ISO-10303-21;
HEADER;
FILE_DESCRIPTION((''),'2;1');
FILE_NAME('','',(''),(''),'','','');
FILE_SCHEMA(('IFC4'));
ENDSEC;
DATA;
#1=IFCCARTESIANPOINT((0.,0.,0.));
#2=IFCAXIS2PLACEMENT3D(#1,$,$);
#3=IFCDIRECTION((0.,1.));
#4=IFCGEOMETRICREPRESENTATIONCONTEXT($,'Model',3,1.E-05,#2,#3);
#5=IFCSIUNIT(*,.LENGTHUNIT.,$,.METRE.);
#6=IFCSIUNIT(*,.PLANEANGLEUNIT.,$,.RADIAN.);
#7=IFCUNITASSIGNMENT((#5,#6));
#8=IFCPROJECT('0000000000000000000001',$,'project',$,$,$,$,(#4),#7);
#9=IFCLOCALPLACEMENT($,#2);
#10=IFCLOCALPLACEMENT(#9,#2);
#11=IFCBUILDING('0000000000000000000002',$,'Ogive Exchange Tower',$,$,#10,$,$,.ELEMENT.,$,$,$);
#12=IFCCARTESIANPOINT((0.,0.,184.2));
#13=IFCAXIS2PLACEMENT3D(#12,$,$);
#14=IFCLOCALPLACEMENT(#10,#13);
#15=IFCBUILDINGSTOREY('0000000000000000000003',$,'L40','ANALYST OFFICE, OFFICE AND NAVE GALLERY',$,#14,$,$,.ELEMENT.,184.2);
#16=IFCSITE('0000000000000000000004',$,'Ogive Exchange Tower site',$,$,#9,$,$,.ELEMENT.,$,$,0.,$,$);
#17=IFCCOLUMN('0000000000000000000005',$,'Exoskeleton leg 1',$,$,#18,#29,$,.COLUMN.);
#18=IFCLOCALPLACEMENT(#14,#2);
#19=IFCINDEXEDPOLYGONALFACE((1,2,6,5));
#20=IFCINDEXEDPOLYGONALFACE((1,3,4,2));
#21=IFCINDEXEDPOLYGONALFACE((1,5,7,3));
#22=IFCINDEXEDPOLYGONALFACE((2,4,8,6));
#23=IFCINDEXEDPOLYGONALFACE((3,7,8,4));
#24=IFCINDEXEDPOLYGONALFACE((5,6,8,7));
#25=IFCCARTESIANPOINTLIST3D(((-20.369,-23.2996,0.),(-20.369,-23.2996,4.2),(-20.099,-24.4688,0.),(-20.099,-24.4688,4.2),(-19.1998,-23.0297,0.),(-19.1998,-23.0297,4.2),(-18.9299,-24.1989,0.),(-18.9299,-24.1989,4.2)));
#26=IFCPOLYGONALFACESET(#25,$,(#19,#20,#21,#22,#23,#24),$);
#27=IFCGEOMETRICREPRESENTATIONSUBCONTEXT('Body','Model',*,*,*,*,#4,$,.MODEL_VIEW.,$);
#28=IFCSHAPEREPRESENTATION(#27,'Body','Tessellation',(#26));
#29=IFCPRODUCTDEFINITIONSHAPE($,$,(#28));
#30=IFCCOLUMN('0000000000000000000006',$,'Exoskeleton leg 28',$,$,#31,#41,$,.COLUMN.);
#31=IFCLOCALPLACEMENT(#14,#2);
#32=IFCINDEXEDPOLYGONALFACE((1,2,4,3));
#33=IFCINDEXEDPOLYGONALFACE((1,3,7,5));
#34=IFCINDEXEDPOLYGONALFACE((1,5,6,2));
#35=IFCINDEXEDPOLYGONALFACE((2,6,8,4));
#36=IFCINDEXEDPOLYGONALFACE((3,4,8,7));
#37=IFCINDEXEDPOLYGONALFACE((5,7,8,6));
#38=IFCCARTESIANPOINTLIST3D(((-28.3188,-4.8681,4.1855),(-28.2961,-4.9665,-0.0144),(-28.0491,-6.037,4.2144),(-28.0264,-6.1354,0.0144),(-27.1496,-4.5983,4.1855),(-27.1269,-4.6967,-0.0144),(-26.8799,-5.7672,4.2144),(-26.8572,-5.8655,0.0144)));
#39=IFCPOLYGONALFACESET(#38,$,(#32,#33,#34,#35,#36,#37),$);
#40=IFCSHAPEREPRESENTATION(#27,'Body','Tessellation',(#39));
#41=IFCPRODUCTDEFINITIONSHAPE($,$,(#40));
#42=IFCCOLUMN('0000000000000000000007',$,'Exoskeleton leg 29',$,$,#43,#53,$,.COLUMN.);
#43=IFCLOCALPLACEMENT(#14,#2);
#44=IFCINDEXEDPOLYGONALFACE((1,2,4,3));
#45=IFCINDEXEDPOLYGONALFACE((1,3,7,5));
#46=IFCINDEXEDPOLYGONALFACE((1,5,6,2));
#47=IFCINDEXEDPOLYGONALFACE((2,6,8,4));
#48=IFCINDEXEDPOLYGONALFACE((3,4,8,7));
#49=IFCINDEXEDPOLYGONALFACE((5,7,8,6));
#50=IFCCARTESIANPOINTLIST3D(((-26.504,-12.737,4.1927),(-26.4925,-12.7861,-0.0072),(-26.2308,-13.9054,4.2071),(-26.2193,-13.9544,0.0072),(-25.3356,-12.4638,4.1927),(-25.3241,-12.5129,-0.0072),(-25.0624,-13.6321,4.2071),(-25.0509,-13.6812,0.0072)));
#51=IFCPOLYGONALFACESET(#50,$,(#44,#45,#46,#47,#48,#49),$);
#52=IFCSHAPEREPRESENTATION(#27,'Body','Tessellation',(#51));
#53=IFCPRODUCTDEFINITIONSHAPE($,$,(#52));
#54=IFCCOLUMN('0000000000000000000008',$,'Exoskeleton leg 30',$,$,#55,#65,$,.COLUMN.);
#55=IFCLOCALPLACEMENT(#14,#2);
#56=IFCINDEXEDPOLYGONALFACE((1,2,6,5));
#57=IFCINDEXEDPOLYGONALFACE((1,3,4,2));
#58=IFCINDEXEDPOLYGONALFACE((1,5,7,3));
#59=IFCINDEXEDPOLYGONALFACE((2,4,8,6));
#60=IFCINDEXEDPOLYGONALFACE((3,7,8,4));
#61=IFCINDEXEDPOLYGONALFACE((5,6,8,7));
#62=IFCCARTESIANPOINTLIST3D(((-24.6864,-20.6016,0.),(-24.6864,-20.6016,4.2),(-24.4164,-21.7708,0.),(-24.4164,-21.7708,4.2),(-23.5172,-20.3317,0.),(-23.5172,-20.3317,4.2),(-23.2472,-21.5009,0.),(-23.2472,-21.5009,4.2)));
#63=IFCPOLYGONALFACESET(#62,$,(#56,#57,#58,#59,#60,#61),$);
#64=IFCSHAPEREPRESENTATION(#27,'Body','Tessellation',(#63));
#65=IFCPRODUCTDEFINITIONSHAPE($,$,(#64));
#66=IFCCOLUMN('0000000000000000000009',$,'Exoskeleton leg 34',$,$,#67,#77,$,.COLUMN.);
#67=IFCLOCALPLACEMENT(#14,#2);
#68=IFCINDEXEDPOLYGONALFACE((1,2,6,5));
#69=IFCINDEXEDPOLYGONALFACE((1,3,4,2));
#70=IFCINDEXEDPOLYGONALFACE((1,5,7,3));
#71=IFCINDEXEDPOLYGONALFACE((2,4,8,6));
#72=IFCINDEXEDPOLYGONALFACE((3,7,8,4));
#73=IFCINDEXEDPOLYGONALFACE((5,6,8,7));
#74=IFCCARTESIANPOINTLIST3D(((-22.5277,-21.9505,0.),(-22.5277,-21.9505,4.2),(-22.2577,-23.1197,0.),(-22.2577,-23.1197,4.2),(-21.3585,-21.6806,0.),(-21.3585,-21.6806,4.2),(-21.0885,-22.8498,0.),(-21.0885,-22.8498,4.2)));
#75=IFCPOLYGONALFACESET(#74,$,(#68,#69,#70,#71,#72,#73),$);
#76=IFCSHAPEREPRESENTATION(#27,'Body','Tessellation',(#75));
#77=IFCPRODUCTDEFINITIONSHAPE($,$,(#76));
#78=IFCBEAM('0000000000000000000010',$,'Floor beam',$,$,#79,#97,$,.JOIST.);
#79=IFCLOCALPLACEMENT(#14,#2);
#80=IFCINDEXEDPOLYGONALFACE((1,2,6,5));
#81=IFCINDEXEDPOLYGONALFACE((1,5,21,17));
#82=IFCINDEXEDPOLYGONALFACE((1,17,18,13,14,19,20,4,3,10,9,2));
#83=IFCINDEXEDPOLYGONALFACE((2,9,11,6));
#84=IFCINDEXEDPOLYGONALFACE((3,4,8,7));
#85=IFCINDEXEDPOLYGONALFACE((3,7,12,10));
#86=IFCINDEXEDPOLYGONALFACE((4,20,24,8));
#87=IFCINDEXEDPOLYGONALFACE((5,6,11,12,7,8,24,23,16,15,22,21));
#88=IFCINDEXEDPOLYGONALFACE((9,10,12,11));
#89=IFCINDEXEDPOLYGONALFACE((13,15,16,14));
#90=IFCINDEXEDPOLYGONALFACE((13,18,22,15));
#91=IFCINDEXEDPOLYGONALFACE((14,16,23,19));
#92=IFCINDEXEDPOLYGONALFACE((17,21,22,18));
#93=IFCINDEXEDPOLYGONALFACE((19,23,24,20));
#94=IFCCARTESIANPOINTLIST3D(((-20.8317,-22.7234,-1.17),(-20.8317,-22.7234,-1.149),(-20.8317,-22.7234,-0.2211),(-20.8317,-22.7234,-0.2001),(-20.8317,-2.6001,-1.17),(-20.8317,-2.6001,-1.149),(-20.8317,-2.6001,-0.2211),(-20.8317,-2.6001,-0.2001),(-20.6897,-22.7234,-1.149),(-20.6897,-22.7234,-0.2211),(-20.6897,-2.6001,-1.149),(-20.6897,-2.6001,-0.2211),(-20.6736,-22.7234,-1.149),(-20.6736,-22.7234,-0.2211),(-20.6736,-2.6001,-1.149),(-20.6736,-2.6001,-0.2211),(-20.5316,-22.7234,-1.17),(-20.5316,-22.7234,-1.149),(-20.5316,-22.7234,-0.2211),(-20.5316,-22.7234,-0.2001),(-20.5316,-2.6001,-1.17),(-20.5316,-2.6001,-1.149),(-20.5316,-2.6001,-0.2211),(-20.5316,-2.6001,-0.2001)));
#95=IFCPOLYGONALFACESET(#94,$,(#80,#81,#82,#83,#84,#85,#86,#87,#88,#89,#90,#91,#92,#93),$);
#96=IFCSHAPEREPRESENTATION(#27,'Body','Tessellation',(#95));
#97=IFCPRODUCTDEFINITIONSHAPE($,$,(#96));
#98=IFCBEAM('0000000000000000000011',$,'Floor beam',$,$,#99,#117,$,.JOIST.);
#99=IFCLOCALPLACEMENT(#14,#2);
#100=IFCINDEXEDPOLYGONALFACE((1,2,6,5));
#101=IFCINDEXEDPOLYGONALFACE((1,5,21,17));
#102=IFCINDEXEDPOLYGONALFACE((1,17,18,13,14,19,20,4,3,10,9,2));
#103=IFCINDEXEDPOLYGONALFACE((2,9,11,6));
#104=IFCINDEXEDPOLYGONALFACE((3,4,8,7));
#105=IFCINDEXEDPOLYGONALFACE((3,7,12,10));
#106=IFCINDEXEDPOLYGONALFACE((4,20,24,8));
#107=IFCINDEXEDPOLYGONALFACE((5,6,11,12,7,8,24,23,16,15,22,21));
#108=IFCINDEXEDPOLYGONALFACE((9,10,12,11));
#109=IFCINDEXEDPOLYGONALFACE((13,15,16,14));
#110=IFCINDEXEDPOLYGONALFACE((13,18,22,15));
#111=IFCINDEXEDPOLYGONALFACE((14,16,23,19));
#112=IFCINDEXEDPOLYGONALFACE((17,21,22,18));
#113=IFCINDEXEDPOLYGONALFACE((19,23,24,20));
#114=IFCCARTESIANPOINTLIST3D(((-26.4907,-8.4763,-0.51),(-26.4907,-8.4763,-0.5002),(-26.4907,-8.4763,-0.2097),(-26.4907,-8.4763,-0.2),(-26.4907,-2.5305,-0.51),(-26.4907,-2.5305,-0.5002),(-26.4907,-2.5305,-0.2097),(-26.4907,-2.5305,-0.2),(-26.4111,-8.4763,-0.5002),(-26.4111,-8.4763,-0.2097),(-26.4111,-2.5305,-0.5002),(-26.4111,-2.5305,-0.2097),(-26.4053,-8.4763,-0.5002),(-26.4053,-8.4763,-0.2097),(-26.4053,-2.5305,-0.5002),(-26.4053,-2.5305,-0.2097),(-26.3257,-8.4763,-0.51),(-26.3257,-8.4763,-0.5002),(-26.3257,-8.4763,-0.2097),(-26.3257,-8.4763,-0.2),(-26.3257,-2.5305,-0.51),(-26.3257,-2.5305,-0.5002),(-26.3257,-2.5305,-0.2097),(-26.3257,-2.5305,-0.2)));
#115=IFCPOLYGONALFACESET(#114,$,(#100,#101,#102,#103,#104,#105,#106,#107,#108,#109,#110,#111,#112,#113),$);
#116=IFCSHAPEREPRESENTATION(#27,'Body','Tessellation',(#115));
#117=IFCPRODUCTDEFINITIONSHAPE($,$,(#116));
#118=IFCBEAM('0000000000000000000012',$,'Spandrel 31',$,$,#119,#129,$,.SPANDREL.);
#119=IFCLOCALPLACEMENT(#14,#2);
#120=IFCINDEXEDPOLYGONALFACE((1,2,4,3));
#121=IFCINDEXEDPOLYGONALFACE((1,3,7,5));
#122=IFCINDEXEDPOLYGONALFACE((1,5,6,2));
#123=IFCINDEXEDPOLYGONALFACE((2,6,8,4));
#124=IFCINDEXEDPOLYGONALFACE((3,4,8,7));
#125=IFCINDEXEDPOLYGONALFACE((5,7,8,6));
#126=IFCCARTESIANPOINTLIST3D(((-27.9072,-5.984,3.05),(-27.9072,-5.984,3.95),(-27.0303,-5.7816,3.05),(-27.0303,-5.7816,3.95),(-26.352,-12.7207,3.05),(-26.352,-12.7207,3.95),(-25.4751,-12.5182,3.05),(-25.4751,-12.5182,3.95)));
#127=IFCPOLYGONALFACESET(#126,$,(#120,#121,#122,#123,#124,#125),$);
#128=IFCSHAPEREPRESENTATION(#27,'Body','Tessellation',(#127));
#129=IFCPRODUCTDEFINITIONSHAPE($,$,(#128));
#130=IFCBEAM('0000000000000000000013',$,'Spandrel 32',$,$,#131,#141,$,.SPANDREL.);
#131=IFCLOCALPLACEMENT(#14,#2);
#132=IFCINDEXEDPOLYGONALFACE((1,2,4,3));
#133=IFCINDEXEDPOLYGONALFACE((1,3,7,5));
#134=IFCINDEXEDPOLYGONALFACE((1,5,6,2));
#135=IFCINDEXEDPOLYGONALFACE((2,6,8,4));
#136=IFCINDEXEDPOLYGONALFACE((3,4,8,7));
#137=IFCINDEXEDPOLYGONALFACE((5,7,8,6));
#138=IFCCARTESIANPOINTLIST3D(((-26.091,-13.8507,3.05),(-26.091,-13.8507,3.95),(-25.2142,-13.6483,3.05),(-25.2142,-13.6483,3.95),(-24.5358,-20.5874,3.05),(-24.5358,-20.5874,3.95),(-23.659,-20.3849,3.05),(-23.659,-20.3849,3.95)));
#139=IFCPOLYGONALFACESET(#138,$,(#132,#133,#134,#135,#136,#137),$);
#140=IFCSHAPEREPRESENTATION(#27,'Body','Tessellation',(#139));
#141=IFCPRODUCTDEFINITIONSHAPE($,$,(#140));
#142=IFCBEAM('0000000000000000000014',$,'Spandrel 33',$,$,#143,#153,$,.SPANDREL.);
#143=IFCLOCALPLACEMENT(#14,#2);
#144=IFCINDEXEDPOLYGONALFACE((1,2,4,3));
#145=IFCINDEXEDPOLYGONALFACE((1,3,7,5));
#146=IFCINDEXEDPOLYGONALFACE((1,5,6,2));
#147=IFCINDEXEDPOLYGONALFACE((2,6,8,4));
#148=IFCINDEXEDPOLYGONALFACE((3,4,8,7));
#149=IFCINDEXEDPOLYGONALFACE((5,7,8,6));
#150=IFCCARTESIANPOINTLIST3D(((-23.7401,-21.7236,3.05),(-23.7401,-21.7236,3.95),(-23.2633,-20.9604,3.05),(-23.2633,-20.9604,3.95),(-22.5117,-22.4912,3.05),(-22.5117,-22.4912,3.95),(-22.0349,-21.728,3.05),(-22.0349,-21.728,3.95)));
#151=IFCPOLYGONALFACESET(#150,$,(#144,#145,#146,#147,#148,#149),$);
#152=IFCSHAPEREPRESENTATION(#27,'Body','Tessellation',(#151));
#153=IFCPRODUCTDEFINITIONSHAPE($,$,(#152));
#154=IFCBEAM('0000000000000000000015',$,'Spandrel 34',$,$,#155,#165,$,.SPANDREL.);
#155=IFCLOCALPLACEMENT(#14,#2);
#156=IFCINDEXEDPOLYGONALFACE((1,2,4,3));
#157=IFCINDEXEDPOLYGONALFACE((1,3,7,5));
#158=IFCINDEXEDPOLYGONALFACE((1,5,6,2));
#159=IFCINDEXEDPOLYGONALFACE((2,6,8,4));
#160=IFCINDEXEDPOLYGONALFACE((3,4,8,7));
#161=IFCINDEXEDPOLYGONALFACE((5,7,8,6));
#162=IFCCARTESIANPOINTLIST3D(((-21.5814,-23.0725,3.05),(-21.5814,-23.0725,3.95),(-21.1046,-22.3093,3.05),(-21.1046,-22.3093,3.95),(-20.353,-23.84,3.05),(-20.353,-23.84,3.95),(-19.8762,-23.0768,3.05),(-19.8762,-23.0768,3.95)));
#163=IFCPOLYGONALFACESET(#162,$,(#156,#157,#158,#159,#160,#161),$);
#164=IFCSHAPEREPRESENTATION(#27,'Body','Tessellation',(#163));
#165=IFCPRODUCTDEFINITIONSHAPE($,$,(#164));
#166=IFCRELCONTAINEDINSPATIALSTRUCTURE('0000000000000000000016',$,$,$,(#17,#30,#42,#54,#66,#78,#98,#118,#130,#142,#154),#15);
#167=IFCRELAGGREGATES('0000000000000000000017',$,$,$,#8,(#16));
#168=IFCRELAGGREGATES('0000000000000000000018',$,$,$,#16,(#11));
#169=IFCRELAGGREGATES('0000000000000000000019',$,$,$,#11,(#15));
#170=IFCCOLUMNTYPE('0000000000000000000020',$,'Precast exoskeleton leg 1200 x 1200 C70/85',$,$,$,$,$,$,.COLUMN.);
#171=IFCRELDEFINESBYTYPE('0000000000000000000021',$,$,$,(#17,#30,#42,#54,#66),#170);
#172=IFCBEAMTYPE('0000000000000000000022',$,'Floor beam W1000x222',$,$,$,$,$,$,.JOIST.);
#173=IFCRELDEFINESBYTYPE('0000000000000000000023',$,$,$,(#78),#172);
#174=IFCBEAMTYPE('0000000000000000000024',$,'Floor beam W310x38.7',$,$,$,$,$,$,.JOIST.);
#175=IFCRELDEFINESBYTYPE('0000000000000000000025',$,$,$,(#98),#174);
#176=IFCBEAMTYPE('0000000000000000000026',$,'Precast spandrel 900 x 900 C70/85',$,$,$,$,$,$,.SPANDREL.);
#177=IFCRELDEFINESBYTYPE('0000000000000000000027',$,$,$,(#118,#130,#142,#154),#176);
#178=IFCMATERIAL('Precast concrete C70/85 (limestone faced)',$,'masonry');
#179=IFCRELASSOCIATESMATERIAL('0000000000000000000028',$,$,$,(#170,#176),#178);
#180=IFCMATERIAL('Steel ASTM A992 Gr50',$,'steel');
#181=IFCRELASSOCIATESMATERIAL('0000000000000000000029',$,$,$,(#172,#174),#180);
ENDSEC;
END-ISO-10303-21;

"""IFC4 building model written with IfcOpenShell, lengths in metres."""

from ifc_helpers import new_model, si_unit, direction, frame, origin, origin_2d, place, context, subcontext, project, spatial, rectangle, i_section, extrude, material, material_profile, profile_set, type_object, element, save


model = new_model("IFC4")

# Units and contexts
model_context = context("Model", 3, precision=1e-05, world=origin(), true_north=direction((0.0, 1.0)))
body_context = subcontext(model_context, "Body", "Model", "MODEL_VIEW")
ifc_project = project(units=[si_unit("LENGTHUNIT", "METRE"), si_unit("PLANEANGLEUNIT", "RADIAN")], contexts=[model_context])

# Site, building, storey
site_placement = place(None, origin())
site = spatial("IfcSite", under=ifc_project, at=site_placement, Name="Ogive Exchange Tower site", CompositionType="ELEMENT", RefElevation=0.0)
building_placement = place(site_placement, origin())
building = spatial("IfcBuilding", under=site, at=building_placement, Name="Ogive Exchange Tower", CompositionType="ELEMENT")
storey_placement = place(building_placement, frame((0.0, 0.0, 184.2)))
storey = spatial("IfcBuildingStorey", under=building, at=storey_placement, Name="L40", Description="ANALYST OFFICE, OFFICE AND NAVE GALLERY", CompositionType="ELEMENT", Elevation=184.2)

# Columns
ifc_material_1 = material(Name="Precast concrete C70/85 (limestone faced)", Category="masonry")
ifc_material_profile_1 = material_profile(ifc_material_1, rectangle(XDim=1.2, YDim=1.2, at=origin_2d()), Name="1200 x 1200")
ifc_profile_set_1 = profile_set([ifc_material_profile_1], Name="Precast concrete C70/85 (limestone faced)")
column_type = type_object("IfcColumnType", Name="Precast exoskeleton leg 1200 x 1200 C70/85", PredefinedType="COLUMN", material=ifc_profile_set_1)
column_1_placement = place(storey_placement, frame((-19.6494, -23.7493, 0.0), z_axis=(0.0, 0.0, 1.0), x_axis=(0.97437, 0.224951, 0.0)))
element("IfcColumn", 1, at=column_1_placement, inside=storey, type_object=column_type, Name="Exoskeleton leg 1", PredefinedType="COLUMN", context=body_context, shape_type="SweptSolid", body=[
    extrude(rectangle(XDim=1.2, YDim=1.2, at=origin_2d()), origin(), (0.0, 0.0, 1.0), 4.2),
])
column_2_placement = place(storey_placement, frame((-27.5767, -5.416, 0.0), z_axis=(-0.005404, 0.023419, 0.999711), x_axis=(-0.974391, -0.22486, 0.0)))
element("IfcColumn", 2, at=column_2_placement, inside=storey, type_object=column_type, Name="Exoskeleton leg 28", PredefinedType="COLUMN", context=body_context, shape_type="SweptSolid", body=[
    extrude(rectangle(XDim=1.2, YDim=1.2, at=origin_2d()), origin(), (0.0, 0.0, 1.0), 4.2012),
])
column_3_placement = place(storey_placement, frame((-25.7717, -13.2336, 0.0), z_axis=(-0.002732, 0.011683, 0.999928), x_axis=(-0.973734, -0.227689, 0.0)))
element("IfcColumn", 3, at=column_3_placement, inside=storey, type_object=column_type, Name="Exoskeleton leg 29", PredefinedType="COLUMN", context=body_context, shape_type="SweptSolid", body=[
    extrude(rectangle(XDim=1.2, YDim=1.2, at=origin_2d()), origin(), (0.0, 0.0, 1.0), 4.2002),
])
for number, where, z_axis, x_axis, name in (
    (4, (-23.9668, -21.0513, 0.0), (0.0, 0.0, 1.0), (0.97437, 0.224951, 0.0), "Exoskeleton leg 30"),
    (5, (-21.8081, -22.4001, 0.0), (0.0, 0.0, 1.0), (0.97437, 0.224951, 0.0), "Exoskeleton leg 34"),
):
    element("IfcColumn", number, at=place(storey_placement, frame(where, z_axis=z_axis, x_axis=x_axis)), inside=storey, type_object=column_type, Name=name, PredefinedType="COLUMN", context=body_context, shape_type="SweptSolid", body=[
        extrude(rectangle(XDim=1.2, YDim=1.2, at=origin_2d()), origin(), (0.0, 0.0, 1.0), 4.2),
    ])

# Beams
ifc_material_2 = material(Name="Steel ASTM A992 Gr50", Category="steel")
ifc_material_profile_2 = material_profile(ifc_material_2, i_section(OverallWidth=0.3, OverallDepth=0.97, WebThickness=0.0161, FlangeThickness=0.021, at=origin_2d()), Name="W1000x222")
ifc_profile_set_2 = profile_set([ifc_material_profile_2], Name="Steel ASTM A992 Gr50")
beam_type_1 = type_object("IfcBeamType", Name="Floor beam W1000x222", PredefinedType="JOIST", material=ifc_profile_set_2)
beam_1_placement = place(storey_placement, frame((-20.6816, -22.7234, -0.6851), z_axis=(0.0, 1.0, 0.0), x_axis=(-1.0, 0.0, 0.0)))
element("IfcBeam", 6, at=beam_1_placement, inside=storey, type_object=beam_type_1, Name="Floor beam", PredefinedType="JOIST", context=body_context, shape_type="SweptSolid", body=[
    extrude(i_section(OverallWidth=0.3, OverallDepth=0.97, WebThickness=0.0161, FlangeThickness=0.021, at=origin_2d()), origin(), (0.0, 0.0, 1.0), 20.1233),
])
ifc_material_profile_3 = material_profile(ifc_material_2, i_section(OverallWidth=0.165, OverallDepth=0.3101, WebThickness=0.0059, FlangeThickness=0.0098, at=origin_2d()), Name="W310x38.7")
ifc_profile_set_3 = profile_set([ifc_material_profile_3], Name="Steel ASTM A992 Gr50")
beam_type_2 = type_object("IfcBeamType", Name="Floor beam W310x38.7", PredefinedType="JOIST", material=ifc_profile_set_3)
beam_2_placement = place(storey_placement, frame((-26.4082, -8.4763, -0.355), z_axis=(0.0, 1.0, 0.0), x_axis=(-1.0, 0.0, 0.0)))
element("IfcBeam", 7, at=beam_2_placement, inside=storey, type_object=beam_type_2, Name="Floor beam", PredefinedType="JOIST", context=body_context, shape_type="SweptSolid", body=[
    extrude(i_section(OverallWidth=0.165, OverallDepth=0.3101, WebThickness=0.0059, FlangeThickness=0.0098, at=origin_2d()), origin(), (0.0, 0.0, 1.0), 5.9458),
])
ifc_material_profile_4 = material_profile(ifc_material_1, rectangle(XDim=0.8999, YDim=0.8999, at=origin_2d()), Name="900 x 900")
ifc_profile_set_4 = profile_set([ifc_material_profile_4], Name="Precast concrete C70/85 (limestone faced)")
beam_type_3 = type_object("IfcBeamType", Name="Precast spandrel 900 x 900 C70/85", PredefinedType="SPANDREL", material=ifc_profile_set_4)
for number, where, z_axis, x_axis, name in (
    (8, (-27.4688, -5.8828, 3.5), (0.224939, -0.974373, 0.0), (0.974373, 0.224939, 0.0), "Spandrel 31"),
    (9, (-25.6526, -13.7495, 3.5), (0.224939, -0.974373, 0.0), (0.974373, 0.224939, 0.0), "Spandrel 32"),
):
    element("IfcBeam", number, at=place(storey_placement, frame(where, z_axis=z_axis, x_axis=x_axis)), inside=storey, type_object=beam_type_3, Name=name, PredefinedType="SPANDREL", context=body_context, shape_type="SweptSolid", body=[
        extrude(rectangle(XDim=0.8999, YDim=0.8999, at=origin_2d()), origin(), (0.0, 0.0, 1.0), 6.9138),
    ])
for number, where, z_axis, x_axis, name in (
    (10, (-23.5017, -21.342, 3.5), (0.848074, -0.529878, 0.0), (0.529878, 0.848074, 0.0), "Spandrel 33"),
    (11, (-21.343, -22.6909, 3.5), (0.848074, -0.529878, 0.0), (0.529878, 0.848074, 0.0), "Spandrel 34"),
):
    element("IfcBeam", number, at=place(storey_placement, frame(where, z_axis=z_axis, x_axis=x_axis)), inside=storey, type_object=beam_type_3, Name=name, PredefinedType="SPANDREL", context=body_context, shape_type="SweptSolid", body=[
        extrude(rectangle(XDim=0.8999, YDim=0.8999, at=origin_2d()), origin(), (0.0, 0.0, 1.0), 1.4485),
    ])

save(model, "model.ifc")
